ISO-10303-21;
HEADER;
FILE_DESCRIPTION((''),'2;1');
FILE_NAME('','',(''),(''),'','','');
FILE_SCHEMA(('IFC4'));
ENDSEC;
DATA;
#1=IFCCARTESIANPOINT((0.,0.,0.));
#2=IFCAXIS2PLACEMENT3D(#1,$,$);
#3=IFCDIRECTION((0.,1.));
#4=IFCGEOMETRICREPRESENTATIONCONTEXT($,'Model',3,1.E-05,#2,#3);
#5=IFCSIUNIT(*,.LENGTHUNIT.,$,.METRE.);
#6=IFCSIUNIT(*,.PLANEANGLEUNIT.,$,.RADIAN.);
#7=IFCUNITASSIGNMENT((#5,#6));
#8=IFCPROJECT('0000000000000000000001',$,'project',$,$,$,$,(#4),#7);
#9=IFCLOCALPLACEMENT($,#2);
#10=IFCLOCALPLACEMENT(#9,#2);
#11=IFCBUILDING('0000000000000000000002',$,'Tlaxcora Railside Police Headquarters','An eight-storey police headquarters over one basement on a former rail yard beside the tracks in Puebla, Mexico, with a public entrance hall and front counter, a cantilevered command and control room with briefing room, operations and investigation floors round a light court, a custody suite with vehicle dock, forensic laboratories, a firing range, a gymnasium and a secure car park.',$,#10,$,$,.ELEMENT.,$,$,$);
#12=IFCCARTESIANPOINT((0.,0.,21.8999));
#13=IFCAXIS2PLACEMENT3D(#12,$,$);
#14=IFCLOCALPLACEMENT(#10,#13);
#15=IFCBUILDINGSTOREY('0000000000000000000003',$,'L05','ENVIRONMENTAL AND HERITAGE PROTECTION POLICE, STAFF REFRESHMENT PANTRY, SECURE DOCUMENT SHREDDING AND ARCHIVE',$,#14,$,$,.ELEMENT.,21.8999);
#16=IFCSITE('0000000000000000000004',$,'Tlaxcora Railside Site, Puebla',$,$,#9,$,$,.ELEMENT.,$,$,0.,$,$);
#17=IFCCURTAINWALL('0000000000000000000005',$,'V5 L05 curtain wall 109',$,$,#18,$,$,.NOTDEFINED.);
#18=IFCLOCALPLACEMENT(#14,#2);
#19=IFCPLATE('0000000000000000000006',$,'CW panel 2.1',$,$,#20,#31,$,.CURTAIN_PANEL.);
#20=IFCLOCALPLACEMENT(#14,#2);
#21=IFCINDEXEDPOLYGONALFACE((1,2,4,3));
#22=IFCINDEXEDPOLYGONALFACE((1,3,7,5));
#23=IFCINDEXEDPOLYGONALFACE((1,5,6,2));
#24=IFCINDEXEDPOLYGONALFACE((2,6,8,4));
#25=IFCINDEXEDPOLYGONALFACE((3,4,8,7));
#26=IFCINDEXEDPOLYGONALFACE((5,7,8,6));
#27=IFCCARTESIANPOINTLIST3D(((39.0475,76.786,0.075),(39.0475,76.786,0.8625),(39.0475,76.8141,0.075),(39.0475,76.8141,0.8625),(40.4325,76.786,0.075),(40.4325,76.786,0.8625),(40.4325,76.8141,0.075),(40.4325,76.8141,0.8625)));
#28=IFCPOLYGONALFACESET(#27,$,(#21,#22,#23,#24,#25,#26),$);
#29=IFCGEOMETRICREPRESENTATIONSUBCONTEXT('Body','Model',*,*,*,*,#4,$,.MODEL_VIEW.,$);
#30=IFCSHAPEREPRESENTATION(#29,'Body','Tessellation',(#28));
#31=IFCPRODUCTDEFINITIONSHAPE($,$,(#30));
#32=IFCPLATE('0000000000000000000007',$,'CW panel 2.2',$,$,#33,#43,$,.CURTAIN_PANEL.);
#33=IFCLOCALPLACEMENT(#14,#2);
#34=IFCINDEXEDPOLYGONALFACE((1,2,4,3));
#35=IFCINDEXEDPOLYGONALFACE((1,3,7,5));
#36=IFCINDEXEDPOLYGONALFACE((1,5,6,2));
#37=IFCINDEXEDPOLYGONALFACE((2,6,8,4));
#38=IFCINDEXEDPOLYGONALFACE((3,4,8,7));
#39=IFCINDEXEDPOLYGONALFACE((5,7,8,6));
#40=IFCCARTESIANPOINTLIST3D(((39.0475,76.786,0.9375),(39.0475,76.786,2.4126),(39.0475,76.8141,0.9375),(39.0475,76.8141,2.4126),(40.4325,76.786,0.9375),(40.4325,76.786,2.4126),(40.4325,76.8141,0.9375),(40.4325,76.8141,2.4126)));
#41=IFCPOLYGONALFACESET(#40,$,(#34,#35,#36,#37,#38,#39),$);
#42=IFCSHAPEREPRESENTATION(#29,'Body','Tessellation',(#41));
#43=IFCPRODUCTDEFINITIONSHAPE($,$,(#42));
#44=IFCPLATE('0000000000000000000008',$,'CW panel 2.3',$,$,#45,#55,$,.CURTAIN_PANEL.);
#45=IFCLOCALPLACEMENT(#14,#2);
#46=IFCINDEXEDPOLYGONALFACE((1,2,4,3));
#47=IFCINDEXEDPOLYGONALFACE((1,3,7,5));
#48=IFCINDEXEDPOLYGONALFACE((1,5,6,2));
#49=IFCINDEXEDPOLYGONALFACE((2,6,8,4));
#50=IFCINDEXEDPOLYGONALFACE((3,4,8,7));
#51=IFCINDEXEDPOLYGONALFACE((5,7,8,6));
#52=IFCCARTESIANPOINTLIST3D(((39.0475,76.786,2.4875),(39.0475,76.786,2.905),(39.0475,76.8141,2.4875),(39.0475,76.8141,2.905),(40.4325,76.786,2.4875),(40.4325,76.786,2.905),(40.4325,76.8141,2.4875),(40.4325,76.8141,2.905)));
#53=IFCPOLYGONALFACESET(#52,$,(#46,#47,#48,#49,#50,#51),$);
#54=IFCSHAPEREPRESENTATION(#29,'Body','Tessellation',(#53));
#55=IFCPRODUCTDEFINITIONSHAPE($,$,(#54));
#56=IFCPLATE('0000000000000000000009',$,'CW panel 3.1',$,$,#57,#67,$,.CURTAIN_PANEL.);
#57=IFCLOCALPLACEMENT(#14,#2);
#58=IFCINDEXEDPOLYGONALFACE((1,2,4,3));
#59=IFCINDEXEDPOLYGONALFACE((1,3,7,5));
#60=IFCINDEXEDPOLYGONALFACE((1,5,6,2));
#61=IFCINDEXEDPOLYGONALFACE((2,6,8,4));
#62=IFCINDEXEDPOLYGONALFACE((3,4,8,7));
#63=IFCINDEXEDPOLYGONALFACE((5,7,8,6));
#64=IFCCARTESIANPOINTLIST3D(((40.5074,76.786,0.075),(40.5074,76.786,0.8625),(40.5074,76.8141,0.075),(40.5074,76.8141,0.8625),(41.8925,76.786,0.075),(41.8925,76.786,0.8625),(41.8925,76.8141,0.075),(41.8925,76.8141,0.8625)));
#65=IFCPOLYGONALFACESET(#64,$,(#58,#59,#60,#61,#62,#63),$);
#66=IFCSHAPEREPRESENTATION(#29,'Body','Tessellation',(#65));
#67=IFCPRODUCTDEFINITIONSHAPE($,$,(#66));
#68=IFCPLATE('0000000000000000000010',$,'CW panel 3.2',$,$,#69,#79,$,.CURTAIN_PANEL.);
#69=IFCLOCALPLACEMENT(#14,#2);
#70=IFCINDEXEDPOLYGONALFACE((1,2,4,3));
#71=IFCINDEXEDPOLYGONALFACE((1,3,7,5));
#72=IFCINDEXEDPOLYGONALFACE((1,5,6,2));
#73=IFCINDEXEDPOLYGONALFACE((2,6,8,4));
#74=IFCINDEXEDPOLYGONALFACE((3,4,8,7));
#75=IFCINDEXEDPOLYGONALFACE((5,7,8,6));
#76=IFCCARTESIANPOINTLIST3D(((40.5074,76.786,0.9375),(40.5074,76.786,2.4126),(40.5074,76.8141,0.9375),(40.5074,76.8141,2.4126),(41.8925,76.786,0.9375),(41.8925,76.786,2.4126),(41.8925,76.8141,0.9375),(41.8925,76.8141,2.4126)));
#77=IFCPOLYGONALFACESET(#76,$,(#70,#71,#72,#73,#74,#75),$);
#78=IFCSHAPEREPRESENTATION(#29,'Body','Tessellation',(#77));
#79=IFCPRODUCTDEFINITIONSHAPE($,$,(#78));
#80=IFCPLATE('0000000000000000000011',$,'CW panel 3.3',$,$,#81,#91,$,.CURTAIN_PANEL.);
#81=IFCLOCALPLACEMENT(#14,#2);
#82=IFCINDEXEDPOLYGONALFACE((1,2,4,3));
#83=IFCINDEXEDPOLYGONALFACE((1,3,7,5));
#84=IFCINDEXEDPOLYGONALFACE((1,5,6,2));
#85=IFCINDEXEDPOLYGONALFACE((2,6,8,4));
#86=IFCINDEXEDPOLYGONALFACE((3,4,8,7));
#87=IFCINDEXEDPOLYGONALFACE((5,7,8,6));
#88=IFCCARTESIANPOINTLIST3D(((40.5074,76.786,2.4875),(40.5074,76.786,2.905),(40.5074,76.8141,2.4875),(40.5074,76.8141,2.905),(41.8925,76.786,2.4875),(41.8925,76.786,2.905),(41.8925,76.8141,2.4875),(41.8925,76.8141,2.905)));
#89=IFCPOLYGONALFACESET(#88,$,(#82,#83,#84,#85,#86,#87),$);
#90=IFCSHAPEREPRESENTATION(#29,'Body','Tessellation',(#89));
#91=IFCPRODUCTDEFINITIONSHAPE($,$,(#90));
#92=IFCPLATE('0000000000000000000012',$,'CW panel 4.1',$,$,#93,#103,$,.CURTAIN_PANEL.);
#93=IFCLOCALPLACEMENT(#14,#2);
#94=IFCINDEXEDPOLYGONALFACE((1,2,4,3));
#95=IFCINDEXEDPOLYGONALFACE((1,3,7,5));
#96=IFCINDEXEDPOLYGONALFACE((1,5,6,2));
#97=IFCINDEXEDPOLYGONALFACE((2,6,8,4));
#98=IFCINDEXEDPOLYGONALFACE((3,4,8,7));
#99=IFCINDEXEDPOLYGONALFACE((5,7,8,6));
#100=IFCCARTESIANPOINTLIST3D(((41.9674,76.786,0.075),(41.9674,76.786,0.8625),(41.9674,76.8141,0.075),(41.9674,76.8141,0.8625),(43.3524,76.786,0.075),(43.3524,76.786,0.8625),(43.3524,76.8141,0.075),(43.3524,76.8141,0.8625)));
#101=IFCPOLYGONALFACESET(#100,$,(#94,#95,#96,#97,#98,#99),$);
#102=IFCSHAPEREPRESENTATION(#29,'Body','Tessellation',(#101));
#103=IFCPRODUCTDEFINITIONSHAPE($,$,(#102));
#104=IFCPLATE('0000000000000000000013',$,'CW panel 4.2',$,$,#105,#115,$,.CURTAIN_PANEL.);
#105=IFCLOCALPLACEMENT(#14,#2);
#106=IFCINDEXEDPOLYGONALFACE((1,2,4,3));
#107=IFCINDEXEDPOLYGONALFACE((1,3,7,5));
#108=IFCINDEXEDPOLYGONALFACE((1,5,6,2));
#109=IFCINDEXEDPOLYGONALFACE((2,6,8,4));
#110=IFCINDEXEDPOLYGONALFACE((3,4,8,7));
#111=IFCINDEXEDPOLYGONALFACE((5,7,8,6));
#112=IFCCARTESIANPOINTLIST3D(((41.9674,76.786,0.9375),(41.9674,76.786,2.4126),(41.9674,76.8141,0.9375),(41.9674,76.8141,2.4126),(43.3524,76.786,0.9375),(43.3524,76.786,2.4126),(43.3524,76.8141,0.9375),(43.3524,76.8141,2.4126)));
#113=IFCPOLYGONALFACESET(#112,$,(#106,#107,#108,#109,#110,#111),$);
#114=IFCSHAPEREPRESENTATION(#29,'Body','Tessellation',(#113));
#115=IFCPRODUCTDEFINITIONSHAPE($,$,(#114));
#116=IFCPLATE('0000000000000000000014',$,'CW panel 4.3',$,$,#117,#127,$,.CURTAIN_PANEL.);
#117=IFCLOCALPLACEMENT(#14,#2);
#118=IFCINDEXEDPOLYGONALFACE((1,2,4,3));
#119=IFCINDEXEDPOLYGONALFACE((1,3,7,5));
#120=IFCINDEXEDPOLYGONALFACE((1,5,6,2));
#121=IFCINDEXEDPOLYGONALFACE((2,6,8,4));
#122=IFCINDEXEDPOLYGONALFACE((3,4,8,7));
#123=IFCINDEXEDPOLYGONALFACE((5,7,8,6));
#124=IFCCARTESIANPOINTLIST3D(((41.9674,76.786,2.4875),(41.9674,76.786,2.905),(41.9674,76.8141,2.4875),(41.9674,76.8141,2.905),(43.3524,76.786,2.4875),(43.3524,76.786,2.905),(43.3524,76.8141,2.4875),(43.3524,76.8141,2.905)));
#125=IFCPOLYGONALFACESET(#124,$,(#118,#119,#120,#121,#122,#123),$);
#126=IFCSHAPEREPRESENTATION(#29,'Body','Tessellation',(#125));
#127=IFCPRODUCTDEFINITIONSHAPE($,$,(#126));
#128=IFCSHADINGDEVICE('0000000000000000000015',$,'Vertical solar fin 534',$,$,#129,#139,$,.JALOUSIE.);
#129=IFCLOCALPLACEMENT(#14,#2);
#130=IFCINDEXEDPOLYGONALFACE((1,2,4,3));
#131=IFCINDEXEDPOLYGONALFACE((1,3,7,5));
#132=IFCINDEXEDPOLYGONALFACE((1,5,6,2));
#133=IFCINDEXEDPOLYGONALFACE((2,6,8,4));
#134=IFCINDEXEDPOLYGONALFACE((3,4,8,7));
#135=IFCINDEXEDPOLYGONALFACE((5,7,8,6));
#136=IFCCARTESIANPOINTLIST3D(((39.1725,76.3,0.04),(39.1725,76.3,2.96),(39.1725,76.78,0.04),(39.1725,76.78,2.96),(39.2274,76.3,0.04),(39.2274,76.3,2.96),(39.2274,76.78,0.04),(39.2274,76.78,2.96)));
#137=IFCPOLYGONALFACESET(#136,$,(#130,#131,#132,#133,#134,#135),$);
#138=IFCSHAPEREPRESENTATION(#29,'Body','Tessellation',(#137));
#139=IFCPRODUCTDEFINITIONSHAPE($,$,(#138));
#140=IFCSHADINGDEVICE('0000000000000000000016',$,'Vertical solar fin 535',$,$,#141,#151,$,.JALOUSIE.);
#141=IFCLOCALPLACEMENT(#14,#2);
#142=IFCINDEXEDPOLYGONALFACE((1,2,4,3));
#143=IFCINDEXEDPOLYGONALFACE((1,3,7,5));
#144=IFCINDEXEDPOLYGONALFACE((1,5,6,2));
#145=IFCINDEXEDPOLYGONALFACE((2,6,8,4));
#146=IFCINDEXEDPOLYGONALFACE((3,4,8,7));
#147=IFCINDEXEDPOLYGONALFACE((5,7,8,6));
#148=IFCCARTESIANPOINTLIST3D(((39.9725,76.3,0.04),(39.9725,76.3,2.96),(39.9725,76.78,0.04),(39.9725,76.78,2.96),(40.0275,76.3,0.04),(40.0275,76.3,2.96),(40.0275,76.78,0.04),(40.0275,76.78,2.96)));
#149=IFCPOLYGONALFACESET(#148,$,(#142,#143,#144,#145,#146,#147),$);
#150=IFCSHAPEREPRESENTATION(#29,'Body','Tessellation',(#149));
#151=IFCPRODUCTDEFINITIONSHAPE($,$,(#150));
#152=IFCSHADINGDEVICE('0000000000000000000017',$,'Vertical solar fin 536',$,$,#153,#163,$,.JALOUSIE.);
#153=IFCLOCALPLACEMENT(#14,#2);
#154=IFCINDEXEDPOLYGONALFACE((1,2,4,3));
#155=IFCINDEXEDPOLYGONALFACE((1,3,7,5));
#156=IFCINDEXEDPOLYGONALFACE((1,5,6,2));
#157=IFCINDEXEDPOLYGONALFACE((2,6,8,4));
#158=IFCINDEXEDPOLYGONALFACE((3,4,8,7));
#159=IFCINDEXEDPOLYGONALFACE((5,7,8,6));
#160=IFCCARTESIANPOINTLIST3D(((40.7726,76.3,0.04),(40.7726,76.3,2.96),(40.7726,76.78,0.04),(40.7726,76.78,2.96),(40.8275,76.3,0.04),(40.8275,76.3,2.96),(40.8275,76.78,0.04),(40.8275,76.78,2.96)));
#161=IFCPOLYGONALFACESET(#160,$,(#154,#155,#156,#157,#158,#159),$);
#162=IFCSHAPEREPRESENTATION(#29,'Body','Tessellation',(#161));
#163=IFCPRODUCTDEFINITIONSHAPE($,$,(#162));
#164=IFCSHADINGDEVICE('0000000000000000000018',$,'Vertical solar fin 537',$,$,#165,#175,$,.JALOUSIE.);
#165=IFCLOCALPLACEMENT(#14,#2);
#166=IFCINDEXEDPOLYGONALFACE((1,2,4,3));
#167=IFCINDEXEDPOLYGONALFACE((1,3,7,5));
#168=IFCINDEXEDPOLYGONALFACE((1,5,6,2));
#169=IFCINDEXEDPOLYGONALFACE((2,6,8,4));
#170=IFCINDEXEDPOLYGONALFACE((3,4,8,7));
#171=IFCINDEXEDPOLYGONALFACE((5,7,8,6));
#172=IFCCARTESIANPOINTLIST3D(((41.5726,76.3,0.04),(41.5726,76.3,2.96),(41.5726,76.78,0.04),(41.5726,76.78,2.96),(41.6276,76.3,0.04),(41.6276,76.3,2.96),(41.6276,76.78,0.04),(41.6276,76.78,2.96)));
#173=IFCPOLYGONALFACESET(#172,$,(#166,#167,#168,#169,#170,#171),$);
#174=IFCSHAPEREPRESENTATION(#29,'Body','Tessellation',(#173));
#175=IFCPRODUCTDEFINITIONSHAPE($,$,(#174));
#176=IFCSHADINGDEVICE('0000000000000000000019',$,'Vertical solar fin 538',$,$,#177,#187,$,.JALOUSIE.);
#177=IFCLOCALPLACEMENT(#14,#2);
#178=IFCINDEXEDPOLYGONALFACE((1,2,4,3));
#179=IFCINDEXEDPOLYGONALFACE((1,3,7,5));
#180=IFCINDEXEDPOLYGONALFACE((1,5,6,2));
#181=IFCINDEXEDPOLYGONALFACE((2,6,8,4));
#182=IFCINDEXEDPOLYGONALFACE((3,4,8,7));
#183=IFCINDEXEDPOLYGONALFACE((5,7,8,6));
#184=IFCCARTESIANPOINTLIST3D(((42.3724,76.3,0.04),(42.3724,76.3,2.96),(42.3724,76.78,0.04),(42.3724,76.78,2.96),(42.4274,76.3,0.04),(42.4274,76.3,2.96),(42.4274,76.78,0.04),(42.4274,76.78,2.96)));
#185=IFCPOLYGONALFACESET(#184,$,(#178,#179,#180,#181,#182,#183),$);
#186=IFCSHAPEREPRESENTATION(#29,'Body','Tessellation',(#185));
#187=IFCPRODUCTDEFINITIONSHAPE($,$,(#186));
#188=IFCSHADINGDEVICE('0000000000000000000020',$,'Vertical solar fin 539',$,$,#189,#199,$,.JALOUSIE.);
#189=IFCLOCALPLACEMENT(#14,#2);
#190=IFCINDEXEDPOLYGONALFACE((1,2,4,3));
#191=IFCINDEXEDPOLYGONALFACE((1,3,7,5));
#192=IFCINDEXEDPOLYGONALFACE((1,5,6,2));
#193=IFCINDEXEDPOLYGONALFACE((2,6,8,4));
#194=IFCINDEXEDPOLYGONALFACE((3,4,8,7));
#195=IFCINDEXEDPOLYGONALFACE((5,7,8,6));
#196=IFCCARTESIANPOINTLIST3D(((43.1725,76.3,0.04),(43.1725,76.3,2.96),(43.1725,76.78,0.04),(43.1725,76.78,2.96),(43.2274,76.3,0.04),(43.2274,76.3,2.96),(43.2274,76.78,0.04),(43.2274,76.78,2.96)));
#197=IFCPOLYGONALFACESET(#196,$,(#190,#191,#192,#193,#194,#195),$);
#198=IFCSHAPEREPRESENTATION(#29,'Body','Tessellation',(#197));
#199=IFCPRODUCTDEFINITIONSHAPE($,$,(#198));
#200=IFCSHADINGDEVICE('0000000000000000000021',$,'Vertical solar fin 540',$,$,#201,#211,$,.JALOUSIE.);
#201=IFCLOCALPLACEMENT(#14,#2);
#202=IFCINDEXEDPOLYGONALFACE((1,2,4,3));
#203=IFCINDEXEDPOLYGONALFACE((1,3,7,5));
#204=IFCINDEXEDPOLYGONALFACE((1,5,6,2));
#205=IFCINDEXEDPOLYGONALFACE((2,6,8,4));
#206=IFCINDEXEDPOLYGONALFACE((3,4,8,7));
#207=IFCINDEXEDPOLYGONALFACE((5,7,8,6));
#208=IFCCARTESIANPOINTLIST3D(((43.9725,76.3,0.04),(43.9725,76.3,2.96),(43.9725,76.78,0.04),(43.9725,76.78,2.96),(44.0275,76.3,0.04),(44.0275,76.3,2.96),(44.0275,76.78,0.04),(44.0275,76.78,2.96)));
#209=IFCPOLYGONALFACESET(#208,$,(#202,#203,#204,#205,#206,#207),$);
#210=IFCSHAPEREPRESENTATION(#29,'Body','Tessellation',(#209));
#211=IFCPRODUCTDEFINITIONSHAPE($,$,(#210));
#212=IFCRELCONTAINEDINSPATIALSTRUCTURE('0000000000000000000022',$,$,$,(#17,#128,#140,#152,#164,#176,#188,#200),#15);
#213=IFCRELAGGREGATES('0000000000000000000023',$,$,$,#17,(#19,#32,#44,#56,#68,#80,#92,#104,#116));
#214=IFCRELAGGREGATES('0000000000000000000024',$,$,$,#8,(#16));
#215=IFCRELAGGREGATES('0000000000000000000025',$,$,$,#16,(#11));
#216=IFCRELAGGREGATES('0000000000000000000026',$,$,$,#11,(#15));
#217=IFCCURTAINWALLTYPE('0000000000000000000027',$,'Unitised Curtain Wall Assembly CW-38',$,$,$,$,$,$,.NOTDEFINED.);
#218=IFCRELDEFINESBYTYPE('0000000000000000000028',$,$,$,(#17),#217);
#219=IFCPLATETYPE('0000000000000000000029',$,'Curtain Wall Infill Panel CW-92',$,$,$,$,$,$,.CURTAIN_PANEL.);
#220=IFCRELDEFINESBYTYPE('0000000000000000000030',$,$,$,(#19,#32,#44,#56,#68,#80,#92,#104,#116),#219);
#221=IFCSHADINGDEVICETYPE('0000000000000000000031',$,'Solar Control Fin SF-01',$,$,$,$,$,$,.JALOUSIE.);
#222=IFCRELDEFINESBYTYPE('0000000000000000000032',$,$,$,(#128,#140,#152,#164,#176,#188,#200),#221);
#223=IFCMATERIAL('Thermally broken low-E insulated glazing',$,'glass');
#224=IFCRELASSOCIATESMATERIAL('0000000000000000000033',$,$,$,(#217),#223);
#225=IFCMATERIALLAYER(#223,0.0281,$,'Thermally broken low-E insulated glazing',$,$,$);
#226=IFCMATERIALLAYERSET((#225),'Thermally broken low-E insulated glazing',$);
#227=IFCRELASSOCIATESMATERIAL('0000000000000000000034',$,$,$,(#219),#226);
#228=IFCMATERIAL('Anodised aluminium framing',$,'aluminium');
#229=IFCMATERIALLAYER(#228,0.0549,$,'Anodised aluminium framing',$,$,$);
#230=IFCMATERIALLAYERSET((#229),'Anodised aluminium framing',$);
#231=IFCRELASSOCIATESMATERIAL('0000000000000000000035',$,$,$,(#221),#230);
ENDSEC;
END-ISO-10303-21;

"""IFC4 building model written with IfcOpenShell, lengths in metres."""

from ifc_helpers import new_model, si_unit, direction, frame, origin, origin_2d, place, context, subcontext, project, spatial, rectangle, extrude, material, layer, layer_set, type_object, element, aggregate, save


model = new_model("IFC4")

# Units and contexts
model_context = context("Model", 3, precision=1e-05, world=origin(), true_north=direction((0.0, 1.0)))
body_context = subcontext(model_context, "Body", "Model", "MODEL_VIEW")
ifc_project = project(units=[si_unit("LENGTHUNIT", "METRE"), si_unit("PLANEANGLEUNIT", "RADIAN")], contexts=[model_context])

# Site, building, storey
site_placement = place(None, origin())
site = spatial("IfcSite", under=ifc_project, at=site_placement, Name="Tlaxcora Railside Site, Puebla", CompositionType="ELEMENT", RefElevation=0.0)
building_placement = place(site_placement, origin())
building = spatial("IfcBuilding", under=site, at=building_placement, Name="Tlaxcora Railside Police Headquarters", Description="An eight-storey police headquarters over one basement on a former rail yard beside the tracks in Puebla, Mexico, with a public entrance hall and front counter, a cantilevered command and control room with briefing room, operations and investigation floors round a light court, a custody suite with vehicle dock, forensic laboratories, a firing range, a gymnasium and a secure car park.", CompositionType="ELEMENT")
storey_placement = place(building_placement, frame((0.0, 0.0, 21.8999)))
storey = spatial("IfcBuildingStorey", under=building, at=storey_placement, Name="L05", Description="ENVIRONMENTAL AND HERITAGE PROTECTION POLICE, STAFF REFRESHMENT PANTRY, SECURE DOCUMENT SHREDDING AND ARCHIVE", CompositionType="ELEMENT", Elevation=21.8999)

# Curtain wall, plates
ifc_material_1 = material(Name="Thermally broken low-E insulated glazing", Category="glass")
curtain_wall_type = type_object("IfcCurtainWallType", Name="Unitised Curtain Wall Assembly CW-38", PredefinedType="NOTDEFINED", material=ifc_material_1)
curtain_wall_placement = place(storey_placement, origin())
curtain_wall = element("IfcCurtainWall", 1, at=curtain_wall_placement, inside=storey, type_object=curtain_wall_type, Name="V5 L05 curtain wall 109", PredefinedType="NOTDEFINED")
ifc_material_2 = material(Name="Anodised aluminium framing", Category="aluminium")
ifc_layer_1 = layer(ifc_material_1, 0.0281, Name="Thermally broken low-E insulated glazing")
ifc_layer_set_1 = layer_set([ifc_layer_1], Name="Thermally broken low-E insulated glazing")
plate_type = type_object("IfcPlateType", Name="Curtain Wall Infill Panel CW-92", PredefinedType="CURTAIN_PANEL", material=ifc_layer_set_1)
plate_1_placement = place(storey_placement, frame((39.74, 76.8, 0.075), z_axis=(0.0, 0.0, 1.0), x_axis=(1.0, 0.0, 0.0)))
plate_1 = element("IfcPlate", 2, at=plate_1_placement, type_object=plate_type, Name="CW panel 2.1", PredefinedType="CURTAIN_PANEL", context=body_context, shape_type="SweptSolid", body=[
    extrude(rectangle(XDim=1.385, YDim=0.0281, at=origin_2d()), origin(), (0.0, 0.0, 1.0), 0.7876),
])
plate_2_placement = place(storey_placement, frame((39.74, 76.8, 0.9375), z_axis=(0.0, 0.0, 1.0), x_axis=(1.0, 0.0, 0.0)))
plate_2 = element("IfcPlate", 3, at=plate_2_placement, type_object=plate_type, Name="CW panel 2.2", PredefinedType="CURTAIN_PANEL", context=body_context, shape_type="SweptSolid", body=[
    extrude(rectangle(XDim=1.385, YDim=0.0281, at=origin_2d()), origin(), (0.0, 0.0, 1.0), 1.4751),
])
plate_3_placement = place(storey_placement, frame((39.74, 76.8, 2.4875), z_axis=(0.0, 0.0, 1.0), x_axis=(1.0, 0.0, 0.0)))
plate_3 = element("IfcPlate", 4, at=plate_3_placement, type_object=plate_type, Name="CW panel 2.3", PredefinedType="CURTAIN_PANEL", context=body_context, shape_type="SweptSolid", body=[
    extrude(rectangle(XDim=1.385, YDim=0.0281, at=origin_2d()), origin(), (0.0, 0.0, 1.0), 0.4175),
])
plate_4_placement = place(storey_placement, frame((41.2, 76.8, 0.075), z_axis=(0.0, 0.0, 1.0), x_axis=(1.0, 0.0, 0.0)))
plate_4 = element("IfcPlate", 5, at=plate_4_placement, type_object=plate_type, Name="CW panel 3.1", PredefinedType="CURTAIN_PANEL", context=body_context, shape_type="SweptSolid", body=[
    extrude(rectangle(XDim=1.385, YDim=0.0281, at=origin_2d()), origin(), (0.0, 0.0, 1.0), 0.7876),
])
plate_5_placement = place(storey_placement, frame((41.2, 76.8, 0.9375), z_axis=(0.0, 0.0, 1.0), x_axis=(1.0, 0.0, 0.0)))
plate_5 = element("IfcPlate", 6, at=plate_5_placement, type_object=plate_type, Name="CW panel 3.2", PredefinedType="CURTAIN_PANEL", context=body_context, shape_type="SweptSolid", body=[
    extrude(rectangle(XDim=1.385, YDim=0.0281, at=origin_2d()), origin(), (0.0, 0.0, 1.0), 1.4751),
])
plate_6_placement = place(storey_placement, frame((41.2, 76.8, 2.4875), z_axis=(0.0, 0.0, 1.0), x_axis=(1.0, 0.0, 0.0)))
plate_6 = element("IfcPlate", 7, at=plate_6_placement, type_object=plate_type, Name="CW panel 3.3", PredefinedType="CURTAIN_PANEL", context=body_context, shape_type="SweptSolid", body=[
    extrude(rectangle(XDim=1.385, YDim=0.0281, at=origin_2d()), origin(), (0.0, 0.0, 1.0), 0.4175),
])
plate_7_placement = place(storey_placement, frame((42.6599, 76.8, 0.075), z_axis=(0.0, 0.0, 1.0), x_axis=(1.0, 0.0, 0.0)))
plate_7 = element("IfcPlate", 8, at=plate_7_placement, type_object=plate_type, Name="CW panel 4.1", PredefinedType="CURTAIN_PANEL", context=body_context, shape_type="SweptSolid", body=[
    extrude(rectangle(XDim=1.385, YDim=0.0281, at=origin_2d()), origin(), (0.0, 0.0, 1.0), 0.7876),
])
plate_8_placement = place(storey_placement, frame((42.6599, 76.8, 0.9375), z_axis=(0.0, 0.0, 1.0), x_axis=(1.0, 0.0, 0.0)))
plate_8 = element("IfcPlate", 9, at=plate_8_placement, type_object=plate_type, Name="CW panel 4.2", PredefinedType="CURTAIN_PANEL", context=body_context, shape_type="SweptSolid", body=[
    extrude(rectangle(XDim=1.385, YDim=0.0281, at=origin_2d()), origin(), (0.0, 0.0, 1.0), 1.4751),
])
plate_9_placement = place(storey_placement, frame((42.6599, 76.8, 2.4875), z_axis=(0.0, 0.0, 1.0), x_axis=(1.0, 0.0, 0.0)))
plate_9 = element("IfcPlate", 10, at=plate_9_placement, type_object=plate_type, Name="CW panel 4.3", PredefinedType="CURTAIN_PANEL", context=body_context, shape_type="SweptSolid", body=[
    extrude(rectangle(XDim=1.385, YDim=0.0281, at=origin_2d()), origin(), (0.0, 0.0, 1.0), 0.4175),
])
aggregate(curtain_wall, [plate_1, plate_2, plate_3, plate_4, plate_5, plate_6, plate_7, plate_8, plate_9])

# Shading devices
ifc_layer_2 = layer(ifc_material_2, 0.0549, Name="Anodised aluminium framing")
ifc_layer_set_2 = layer_set([ifc_layer_2], Name="Anodised aluminium framing")
shading_device_type = type_object("IfcShadingDeviceType", Name="Solar Control Fin SF-01", PredefinedType="JALOUSIE", material=ifc_layer_set_2)
for number, where, z_axis, x_axis, name in (
    (11, (39.2, 76.54, 0.04), (0.0, 0.0, 1.0), (0.0, -1.0, 0.0), "Vertical solar fin 534"),
    (12, (40.0, 76.54, 0.04), (0.0, 0.0, 1.0), (0.0, -1.0, 0.0), "Vertical solar fin 535"),
    (13, (40.8, 76.54, 0.04), (0.0, 0.0, 1.0), (0.0, -1.0, 0.0), "Vertical solar fin 536"),
    (14, (41.6001, 76.54, 0.04), (0.0, 0.0, 1.0), (0.0, -1.0, 0.0), "Vertical solar fin 537"),
    (15, (42.3999, 76.54, 0.04), (0.0, 0.0, 1.0), (0.0, -1.0, 0.0), "Vertical solar fin 538"),
    (16, (43.2, 76.54, 0.04), (0.0, 0.0, 1.0), (0.0, -1.0, 0.0), "Vertical solar fin 539"),
    (17, (44.0, 76.54, 0.04), (0.0, 0.0, 1.0), (0.0, -1.0, 0.0), "Vertical solar fin 540"),
):
    element("IfcShadingDevice", number, at=place(storey_placement, frame(where, z_axis=z_axis, x_axis=x_axis)), inside=storey, type_object=shading_device_type, Name=name, PredefinedType="JALOUSIE", context=body_context, shape_type="SweptSolid", body=[
        extrude(rectangle(XDim=0.48, YDim=0.0549, at=origin_2d()), origin(), (0.0, 0.0, 1.0), 2.9199),
    ])

save(model, "model.ifc")
